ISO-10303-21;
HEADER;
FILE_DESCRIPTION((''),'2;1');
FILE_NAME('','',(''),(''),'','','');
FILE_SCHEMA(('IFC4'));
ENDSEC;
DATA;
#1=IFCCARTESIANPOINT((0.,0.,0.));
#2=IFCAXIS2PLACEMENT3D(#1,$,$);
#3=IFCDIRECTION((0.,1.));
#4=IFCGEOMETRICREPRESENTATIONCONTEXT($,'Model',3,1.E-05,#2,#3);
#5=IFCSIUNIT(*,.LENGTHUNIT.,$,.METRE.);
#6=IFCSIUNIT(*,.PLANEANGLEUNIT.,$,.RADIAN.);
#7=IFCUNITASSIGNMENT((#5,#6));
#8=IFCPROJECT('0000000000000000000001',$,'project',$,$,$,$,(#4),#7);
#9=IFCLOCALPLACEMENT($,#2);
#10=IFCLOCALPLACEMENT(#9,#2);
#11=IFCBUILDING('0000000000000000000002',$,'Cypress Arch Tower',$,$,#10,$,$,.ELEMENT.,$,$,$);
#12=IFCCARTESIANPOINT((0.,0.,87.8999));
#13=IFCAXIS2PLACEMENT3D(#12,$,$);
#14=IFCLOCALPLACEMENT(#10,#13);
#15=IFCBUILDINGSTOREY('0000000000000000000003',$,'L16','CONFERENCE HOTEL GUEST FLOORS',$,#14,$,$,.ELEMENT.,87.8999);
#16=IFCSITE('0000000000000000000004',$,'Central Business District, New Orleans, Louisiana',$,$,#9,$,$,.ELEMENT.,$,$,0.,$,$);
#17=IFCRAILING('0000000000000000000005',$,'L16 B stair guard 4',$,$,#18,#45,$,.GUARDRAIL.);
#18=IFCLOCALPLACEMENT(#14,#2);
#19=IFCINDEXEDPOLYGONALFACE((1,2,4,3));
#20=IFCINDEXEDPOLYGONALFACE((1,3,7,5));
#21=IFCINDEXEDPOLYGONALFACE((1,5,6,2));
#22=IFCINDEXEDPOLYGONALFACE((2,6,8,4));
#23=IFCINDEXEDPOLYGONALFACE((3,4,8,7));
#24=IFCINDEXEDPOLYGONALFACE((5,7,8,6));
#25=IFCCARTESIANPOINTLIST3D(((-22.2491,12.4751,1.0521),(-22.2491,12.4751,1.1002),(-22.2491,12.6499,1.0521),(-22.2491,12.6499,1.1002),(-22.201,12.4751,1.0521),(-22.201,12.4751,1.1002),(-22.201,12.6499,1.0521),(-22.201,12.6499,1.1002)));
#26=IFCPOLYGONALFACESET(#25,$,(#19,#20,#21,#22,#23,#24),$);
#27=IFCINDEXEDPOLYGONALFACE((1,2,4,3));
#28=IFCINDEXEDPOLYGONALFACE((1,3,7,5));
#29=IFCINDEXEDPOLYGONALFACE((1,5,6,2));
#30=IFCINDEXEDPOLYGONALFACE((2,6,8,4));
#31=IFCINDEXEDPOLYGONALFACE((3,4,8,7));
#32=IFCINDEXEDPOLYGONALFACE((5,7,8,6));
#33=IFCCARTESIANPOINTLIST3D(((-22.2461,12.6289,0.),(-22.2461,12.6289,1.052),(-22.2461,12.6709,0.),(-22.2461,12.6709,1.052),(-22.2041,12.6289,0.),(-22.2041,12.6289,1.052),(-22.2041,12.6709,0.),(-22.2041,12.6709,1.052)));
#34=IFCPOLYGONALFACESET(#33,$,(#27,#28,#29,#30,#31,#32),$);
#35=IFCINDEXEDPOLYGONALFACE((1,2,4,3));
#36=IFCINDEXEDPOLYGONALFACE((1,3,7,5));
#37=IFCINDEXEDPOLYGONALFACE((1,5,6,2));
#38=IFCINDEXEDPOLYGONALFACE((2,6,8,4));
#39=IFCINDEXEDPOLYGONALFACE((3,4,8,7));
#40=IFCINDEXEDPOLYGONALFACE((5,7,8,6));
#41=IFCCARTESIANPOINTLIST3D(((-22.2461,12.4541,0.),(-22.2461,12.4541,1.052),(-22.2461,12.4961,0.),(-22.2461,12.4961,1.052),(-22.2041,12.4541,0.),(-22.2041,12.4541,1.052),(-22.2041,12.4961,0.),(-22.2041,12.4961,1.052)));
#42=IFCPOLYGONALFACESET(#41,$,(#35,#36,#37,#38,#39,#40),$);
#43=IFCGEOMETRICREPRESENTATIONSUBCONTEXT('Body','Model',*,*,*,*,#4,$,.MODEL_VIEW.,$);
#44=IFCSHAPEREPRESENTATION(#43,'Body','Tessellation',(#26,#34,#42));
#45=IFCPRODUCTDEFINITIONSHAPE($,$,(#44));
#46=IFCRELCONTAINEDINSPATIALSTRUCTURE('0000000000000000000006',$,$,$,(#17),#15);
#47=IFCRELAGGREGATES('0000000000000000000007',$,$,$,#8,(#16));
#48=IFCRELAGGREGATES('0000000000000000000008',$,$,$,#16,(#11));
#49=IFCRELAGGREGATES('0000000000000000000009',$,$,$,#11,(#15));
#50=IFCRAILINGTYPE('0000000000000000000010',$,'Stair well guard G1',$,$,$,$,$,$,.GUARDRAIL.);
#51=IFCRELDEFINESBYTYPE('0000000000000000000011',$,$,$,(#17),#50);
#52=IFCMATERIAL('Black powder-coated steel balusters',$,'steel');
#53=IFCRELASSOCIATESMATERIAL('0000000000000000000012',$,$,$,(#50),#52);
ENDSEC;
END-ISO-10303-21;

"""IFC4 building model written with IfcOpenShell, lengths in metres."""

from ifc_helpers import new_model, si_unit, direction, frame, origin, origin_2d, place, context, subcontext, project, spatial, rectangle, extrude, material, type_object, element, save


model = new_model("IFC4")

# Units and contexts
model_context = context("Model", 3, precision=1e-05, world=origin(), true_north=direction((0.0, 1.0)))
body_context = subcontext(model_context, "Body", "Model", "MODEL_VIEW")
ifc_project = project(units=[si_unit("LENGTHUNIT", "METRE"), si_unit("PLANEANGLEUNIT", "RADIAN")], contexts=[model_context])

# Site, building, storey
site_placement = place(None, origin())
site = spatial("IfcSite", under=ifc_project, at=site_placement, Name="Central Business District, New Orleans, Louisiana", CompositionType="ELEMENT", RefElevation=0.0)
building_placement = place(site_placement, origin())
building = spatial("IfcBuilding", under=site, at=building_placement, Name="Cypress Arch Tower", CompositionType="ELEMENT")
storey_placement = place(building_placement, frame((0.0, 0.0, 87.8999)))
storey = spatial("IfcBuildingStorey", under=building, at=storey_placement, Name="L16", Description="CONFERENCE HOTEL GUEST FLOORS", CompositionType="ELEMENT", Elevation=87.8999)

# Railing
ifc_material_1 = material(Name="Black powder-coated steel balusters", Category="steel")
railing_type_1 = type_object("IfcRailingType", Name="Stair well guard G1", PredefinedType="GUARDRAIL", material=ifc_material_1)
railing_1_placement = place(storey_placement, frame((-22.2251, 12.6499, 0.0)))
element("IfcRailing", 1, at=railing_1_placement, inside=storey, type_object=railing_type_1, Name="L16 B stair guard 4", PredefinedType="GUARDRAIL", context=body_context, shape_type="SweptSolid", body=[
    extrude(rectangle(XDim=0.0481, YDim=0.0481, at=origin_2d()), frame((0.0, 0.0, 1.0762), z_axis=(0.0, -1.0, 0.0), x_axis=(1.0, 0.0, 0.0)), (0.0, 0.0, 1.0), 0.1748),
    extrude(rectangle(XDim=0.042, YDim=0.042, at=origin_2d()), origin(), (0.0, 0.0, 1.0), 1.052),
    extrude(rectangle(XDim=0.042, YDim=0.042, at=origin_2d()), frame((0.0, -0.1748, 0.0)), (0.0, 0.0, 1.0), 1.052),
])

save(model, "model.ifc")
